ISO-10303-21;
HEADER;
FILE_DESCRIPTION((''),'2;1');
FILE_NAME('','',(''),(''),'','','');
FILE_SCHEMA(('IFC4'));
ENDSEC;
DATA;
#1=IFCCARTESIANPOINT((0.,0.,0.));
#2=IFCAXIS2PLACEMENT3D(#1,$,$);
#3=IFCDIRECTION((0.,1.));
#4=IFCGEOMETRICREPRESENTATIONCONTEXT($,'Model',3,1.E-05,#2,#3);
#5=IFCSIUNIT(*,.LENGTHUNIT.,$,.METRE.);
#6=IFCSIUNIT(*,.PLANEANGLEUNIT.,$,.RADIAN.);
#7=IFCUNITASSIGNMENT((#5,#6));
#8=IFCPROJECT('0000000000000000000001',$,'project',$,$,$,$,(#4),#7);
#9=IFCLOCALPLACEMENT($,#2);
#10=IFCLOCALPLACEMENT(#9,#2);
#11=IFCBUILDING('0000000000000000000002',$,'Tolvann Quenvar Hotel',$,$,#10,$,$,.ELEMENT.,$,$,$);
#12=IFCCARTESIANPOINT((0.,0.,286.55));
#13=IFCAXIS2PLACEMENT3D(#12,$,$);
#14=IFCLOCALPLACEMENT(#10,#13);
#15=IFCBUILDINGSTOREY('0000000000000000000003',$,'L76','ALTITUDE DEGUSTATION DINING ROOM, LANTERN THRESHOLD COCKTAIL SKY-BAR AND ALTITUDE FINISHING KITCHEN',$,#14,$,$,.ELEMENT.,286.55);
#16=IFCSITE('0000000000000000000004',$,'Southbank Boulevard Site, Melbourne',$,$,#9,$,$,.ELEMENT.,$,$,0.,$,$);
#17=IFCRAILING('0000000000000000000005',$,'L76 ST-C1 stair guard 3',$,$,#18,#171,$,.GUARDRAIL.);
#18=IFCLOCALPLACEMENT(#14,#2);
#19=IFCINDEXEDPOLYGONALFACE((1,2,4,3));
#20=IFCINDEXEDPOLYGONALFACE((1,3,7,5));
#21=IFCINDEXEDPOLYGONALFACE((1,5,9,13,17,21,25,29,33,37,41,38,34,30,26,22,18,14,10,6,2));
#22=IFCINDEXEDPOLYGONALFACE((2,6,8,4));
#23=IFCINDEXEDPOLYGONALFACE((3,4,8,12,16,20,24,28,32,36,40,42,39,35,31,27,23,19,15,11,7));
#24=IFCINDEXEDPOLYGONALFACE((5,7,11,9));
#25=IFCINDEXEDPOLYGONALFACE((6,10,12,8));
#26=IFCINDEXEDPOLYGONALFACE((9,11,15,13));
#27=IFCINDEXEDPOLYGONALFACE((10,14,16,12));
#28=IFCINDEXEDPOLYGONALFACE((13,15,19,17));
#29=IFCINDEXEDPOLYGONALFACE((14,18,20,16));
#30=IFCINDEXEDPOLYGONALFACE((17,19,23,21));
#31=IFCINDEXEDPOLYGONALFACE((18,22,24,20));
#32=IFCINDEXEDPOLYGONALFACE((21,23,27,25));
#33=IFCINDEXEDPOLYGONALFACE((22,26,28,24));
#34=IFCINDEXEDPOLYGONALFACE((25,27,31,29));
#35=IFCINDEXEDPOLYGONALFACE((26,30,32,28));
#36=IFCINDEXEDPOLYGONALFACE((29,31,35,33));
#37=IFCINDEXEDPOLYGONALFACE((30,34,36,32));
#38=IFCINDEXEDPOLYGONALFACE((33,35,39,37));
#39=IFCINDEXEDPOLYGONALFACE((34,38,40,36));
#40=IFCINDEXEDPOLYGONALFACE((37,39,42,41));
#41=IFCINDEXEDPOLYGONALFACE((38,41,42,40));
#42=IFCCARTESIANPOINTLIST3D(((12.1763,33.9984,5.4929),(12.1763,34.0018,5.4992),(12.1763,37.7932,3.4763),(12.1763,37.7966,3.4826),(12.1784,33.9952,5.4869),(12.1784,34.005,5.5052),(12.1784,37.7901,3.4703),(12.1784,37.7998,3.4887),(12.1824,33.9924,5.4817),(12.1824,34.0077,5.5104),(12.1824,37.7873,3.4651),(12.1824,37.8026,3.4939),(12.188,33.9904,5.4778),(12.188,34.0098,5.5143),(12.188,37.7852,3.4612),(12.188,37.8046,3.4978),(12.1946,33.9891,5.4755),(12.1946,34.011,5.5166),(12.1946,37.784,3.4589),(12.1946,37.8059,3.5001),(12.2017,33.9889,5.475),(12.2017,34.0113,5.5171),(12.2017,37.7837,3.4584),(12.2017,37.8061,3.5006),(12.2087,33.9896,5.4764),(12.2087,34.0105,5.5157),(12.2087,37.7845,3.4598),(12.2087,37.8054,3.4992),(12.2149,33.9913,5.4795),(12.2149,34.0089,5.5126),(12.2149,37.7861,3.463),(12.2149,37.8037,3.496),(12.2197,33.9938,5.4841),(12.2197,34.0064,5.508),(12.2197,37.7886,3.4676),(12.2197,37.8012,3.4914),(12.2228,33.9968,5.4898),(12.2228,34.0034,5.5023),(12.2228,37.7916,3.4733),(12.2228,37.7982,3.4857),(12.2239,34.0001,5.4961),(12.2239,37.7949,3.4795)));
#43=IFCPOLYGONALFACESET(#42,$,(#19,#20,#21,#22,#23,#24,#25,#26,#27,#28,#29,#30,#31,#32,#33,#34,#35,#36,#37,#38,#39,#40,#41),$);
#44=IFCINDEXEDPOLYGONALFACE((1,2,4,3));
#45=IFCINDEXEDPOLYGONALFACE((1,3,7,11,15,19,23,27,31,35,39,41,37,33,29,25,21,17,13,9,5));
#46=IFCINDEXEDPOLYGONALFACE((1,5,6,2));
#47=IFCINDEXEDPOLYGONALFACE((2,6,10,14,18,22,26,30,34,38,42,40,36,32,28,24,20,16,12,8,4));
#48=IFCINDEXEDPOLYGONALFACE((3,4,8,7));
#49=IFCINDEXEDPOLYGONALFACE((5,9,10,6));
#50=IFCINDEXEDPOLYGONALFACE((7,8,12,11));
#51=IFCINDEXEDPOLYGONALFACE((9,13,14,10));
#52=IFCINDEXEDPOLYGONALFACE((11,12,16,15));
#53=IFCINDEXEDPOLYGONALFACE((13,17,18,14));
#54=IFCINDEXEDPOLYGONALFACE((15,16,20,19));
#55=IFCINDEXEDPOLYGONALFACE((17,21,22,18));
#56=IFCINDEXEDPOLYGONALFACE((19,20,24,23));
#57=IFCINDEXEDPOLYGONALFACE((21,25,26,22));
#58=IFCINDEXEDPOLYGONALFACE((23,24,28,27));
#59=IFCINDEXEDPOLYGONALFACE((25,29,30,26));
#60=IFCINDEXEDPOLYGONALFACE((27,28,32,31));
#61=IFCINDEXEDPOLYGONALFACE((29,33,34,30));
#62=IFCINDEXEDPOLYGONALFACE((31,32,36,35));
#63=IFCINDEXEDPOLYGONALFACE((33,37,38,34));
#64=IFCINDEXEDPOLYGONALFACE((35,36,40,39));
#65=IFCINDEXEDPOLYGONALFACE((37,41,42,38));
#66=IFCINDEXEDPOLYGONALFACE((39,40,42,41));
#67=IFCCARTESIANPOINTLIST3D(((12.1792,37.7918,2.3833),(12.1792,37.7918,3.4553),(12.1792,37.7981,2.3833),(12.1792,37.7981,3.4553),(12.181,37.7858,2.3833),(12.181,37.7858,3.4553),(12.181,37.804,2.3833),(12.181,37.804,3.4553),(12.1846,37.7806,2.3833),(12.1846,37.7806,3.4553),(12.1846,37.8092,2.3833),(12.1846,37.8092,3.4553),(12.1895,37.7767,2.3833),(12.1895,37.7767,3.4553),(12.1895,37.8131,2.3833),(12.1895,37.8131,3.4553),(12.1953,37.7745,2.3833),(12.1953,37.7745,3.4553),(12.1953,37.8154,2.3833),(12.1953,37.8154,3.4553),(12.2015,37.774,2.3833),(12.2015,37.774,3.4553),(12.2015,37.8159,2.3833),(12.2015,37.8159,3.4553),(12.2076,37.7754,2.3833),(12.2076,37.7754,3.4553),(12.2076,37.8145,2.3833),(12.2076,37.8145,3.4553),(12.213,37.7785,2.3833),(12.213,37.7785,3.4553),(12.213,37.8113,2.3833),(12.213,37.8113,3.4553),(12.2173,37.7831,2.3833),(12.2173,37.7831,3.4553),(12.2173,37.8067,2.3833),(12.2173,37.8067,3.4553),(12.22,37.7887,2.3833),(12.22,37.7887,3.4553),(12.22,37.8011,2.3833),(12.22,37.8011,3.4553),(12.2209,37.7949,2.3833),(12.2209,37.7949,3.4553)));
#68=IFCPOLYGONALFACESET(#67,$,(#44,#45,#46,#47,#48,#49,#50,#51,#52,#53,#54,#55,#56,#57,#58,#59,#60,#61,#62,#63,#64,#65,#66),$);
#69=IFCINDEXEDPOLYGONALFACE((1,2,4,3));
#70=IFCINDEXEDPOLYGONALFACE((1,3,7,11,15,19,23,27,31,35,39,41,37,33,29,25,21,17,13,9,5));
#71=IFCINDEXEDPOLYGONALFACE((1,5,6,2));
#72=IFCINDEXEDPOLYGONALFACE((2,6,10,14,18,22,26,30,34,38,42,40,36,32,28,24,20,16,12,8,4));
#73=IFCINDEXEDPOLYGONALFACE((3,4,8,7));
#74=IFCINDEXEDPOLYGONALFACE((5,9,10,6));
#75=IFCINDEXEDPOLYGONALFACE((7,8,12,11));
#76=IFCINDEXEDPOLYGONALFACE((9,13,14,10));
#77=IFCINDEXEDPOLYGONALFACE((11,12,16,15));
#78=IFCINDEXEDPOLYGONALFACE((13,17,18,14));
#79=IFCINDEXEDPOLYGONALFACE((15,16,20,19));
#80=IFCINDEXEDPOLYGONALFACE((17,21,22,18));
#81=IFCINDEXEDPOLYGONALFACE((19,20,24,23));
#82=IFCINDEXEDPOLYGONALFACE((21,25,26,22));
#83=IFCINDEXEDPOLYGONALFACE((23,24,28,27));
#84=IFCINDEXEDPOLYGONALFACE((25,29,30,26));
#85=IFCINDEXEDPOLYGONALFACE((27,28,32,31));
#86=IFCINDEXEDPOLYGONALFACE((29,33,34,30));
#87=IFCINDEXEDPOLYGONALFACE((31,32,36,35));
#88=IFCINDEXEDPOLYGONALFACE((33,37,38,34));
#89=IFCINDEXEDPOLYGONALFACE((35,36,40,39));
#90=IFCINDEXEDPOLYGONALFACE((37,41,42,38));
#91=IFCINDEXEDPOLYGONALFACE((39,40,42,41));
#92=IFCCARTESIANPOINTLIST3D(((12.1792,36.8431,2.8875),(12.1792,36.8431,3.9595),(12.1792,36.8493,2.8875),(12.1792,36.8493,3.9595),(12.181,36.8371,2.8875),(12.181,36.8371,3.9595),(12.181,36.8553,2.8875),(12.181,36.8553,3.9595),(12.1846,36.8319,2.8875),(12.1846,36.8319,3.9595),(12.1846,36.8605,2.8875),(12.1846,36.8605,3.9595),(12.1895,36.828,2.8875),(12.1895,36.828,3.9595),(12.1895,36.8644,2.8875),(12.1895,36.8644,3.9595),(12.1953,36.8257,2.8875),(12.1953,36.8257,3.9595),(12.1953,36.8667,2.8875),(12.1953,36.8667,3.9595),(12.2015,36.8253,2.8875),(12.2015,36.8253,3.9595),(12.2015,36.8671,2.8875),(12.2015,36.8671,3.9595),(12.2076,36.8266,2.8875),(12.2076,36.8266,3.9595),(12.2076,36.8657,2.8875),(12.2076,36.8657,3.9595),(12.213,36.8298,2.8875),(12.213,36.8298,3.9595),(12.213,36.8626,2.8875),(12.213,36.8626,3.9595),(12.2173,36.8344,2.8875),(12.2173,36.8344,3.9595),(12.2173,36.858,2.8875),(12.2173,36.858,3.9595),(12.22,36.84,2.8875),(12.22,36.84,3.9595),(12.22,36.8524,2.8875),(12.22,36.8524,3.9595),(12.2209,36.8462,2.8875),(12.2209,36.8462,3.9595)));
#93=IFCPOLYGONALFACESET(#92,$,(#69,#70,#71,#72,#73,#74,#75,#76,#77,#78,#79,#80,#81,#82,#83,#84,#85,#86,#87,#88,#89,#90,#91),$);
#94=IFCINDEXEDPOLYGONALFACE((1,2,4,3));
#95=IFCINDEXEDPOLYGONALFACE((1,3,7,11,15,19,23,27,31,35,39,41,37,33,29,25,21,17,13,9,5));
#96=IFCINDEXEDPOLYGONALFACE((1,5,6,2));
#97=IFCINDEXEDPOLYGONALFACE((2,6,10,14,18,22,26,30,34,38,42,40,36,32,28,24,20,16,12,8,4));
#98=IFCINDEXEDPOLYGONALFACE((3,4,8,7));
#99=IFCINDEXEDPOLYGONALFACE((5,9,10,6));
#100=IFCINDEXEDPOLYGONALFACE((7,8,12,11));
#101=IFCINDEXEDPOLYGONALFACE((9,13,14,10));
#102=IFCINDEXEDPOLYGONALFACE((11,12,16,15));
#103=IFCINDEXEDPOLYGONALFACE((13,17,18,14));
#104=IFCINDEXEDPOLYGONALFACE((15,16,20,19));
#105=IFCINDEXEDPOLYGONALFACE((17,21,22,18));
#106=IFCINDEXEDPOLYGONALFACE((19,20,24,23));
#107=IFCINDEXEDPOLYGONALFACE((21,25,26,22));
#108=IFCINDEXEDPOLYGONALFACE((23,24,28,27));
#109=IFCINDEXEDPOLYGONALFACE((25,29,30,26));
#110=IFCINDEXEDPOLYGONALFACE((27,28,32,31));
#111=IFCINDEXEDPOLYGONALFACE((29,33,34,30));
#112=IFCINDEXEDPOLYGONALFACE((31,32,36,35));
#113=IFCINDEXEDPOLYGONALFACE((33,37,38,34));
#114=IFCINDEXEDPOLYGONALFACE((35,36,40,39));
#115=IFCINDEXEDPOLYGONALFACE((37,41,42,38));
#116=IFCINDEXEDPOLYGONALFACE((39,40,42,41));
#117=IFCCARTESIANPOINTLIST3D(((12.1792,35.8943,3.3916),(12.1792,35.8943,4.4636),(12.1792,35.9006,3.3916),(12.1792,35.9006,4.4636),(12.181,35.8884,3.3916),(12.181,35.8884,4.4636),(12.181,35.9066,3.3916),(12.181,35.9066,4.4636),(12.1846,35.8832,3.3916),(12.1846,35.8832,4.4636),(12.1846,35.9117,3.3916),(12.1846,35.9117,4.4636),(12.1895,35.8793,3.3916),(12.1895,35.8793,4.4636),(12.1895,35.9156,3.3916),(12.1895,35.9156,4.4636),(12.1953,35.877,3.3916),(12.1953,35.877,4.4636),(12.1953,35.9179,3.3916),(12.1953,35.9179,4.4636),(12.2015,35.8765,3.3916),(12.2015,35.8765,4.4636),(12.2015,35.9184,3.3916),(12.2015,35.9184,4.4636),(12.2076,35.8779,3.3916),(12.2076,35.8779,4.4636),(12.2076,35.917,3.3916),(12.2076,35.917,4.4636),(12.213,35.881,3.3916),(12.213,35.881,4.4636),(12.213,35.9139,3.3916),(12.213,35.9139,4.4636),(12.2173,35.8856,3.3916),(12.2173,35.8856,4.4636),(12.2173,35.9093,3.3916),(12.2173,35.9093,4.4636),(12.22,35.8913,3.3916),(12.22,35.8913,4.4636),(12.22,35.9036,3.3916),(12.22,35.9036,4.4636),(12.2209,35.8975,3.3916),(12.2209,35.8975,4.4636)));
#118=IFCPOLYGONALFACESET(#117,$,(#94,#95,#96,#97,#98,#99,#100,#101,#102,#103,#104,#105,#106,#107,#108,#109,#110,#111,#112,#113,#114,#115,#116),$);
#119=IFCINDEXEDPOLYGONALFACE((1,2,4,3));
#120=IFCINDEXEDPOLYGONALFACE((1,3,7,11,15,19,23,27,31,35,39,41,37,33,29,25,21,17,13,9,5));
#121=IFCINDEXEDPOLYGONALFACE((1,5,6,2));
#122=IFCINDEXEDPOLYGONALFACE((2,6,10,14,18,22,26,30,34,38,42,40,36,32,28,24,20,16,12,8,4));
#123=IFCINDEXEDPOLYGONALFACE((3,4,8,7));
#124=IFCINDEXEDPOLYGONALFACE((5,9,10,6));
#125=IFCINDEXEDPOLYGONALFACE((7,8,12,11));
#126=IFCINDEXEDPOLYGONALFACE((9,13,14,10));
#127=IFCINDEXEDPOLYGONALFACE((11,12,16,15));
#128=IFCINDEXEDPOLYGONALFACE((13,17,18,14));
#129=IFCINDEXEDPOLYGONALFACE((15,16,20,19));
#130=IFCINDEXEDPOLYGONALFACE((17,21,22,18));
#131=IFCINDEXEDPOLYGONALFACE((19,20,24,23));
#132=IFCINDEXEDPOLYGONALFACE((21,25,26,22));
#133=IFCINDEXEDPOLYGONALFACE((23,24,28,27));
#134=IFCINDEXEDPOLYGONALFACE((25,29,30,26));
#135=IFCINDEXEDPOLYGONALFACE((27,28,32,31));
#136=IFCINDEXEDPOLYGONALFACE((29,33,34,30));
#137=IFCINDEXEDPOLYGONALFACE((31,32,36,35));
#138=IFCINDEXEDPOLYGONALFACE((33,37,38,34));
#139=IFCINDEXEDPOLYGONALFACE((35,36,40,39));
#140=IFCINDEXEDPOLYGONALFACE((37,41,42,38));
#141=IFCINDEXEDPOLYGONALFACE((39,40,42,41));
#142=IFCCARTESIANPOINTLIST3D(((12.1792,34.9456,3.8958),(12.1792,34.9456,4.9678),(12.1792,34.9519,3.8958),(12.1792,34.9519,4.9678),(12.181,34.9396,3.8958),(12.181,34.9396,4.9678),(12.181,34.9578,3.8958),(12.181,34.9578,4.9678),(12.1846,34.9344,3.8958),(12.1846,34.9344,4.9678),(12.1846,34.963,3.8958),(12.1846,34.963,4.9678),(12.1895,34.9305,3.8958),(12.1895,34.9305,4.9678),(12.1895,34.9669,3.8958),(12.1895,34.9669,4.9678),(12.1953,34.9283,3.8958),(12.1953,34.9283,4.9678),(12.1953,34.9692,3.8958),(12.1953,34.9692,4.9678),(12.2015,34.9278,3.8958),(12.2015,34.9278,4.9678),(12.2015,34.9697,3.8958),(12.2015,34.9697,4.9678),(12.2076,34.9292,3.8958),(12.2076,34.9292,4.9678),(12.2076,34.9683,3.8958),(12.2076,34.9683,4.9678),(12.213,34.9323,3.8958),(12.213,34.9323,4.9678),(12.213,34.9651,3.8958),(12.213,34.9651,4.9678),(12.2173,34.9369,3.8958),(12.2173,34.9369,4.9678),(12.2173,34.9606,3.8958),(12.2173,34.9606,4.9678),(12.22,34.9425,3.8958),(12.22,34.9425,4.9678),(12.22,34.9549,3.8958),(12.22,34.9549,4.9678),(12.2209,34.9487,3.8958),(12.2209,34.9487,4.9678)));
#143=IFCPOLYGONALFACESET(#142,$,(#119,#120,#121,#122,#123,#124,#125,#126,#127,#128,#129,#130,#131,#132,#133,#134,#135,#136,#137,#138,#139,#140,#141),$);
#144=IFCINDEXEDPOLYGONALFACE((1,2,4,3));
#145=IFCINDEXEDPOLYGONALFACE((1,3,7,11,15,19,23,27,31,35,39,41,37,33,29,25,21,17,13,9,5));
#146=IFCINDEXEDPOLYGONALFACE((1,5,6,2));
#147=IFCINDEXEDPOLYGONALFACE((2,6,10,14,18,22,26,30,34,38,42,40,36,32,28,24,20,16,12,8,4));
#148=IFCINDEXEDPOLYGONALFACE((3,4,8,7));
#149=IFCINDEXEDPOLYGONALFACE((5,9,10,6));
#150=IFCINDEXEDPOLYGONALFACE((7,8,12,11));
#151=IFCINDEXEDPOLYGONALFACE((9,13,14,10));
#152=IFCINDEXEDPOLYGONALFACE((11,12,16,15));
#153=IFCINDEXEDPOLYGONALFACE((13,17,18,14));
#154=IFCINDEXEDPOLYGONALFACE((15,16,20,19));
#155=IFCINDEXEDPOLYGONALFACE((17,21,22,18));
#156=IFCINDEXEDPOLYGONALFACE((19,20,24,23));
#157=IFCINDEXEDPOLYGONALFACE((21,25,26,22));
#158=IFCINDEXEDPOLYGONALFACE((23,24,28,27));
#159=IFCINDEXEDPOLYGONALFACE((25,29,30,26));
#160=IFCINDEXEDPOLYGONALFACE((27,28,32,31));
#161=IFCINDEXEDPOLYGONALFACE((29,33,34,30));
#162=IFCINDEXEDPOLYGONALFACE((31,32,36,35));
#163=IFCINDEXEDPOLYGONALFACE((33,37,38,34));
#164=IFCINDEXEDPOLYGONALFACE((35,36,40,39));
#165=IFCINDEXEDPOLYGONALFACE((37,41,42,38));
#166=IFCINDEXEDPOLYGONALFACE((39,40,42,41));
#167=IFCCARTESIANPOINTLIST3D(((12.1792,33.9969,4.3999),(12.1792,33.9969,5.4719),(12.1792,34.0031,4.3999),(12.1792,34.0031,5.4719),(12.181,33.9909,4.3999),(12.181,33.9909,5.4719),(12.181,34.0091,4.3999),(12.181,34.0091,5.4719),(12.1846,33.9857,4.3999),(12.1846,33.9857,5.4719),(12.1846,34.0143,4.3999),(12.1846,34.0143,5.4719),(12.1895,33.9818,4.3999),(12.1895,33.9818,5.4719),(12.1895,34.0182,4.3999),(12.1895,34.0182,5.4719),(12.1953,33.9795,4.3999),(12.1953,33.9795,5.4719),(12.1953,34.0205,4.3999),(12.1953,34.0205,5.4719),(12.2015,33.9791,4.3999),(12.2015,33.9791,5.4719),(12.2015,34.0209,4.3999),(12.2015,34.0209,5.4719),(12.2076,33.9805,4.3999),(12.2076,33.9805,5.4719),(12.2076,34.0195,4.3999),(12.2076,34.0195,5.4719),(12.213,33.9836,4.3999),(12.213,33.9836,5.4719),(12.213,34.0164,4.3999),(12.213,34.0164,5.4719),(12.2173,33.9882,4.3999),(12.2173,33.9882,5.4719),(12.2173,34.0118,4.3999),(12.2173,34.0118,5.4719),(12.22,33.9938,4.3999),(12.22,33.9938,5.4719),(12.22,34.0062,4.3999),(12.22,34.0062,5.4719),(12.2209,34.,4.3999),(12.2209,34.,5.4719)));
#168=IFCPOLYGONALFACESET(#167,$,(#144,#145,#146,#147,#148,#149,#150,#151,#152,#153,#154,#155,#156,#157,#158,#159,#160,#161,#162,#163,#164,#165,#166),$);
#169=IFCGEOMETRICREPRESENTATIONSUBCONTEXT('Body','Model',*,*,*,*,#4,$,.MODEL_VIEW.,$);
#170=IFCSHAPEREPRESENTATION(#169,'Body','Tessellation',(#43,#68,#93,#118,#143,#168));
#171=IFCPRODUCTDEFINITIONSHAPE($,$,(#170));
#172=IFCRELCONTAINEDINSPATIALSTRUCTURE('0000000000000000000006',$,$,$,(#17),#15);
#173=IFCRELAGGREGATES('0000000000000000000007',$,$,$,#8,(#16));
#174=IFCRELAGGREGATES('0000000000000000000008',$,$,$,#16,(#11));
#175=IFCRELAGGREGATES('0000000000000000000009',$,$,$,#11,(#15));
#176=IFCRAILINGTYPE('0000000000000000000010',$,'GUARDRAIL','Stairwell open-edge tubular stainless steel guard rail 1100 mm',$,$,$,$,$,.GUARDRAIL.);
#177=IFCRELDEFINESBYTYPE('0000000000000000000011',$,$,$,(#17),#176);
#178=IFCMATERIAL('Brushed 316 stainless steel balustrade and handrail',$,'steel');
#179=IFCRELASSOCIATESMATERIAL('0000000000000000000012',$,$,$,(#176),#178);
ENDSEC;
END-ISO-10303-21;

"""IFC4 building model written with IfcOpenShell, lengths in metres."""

from ifc_helpers import new_model, si_unit, direction, frame, origin, origin_2d, place, context, subcontext, project, spatial, circle, extrude, material, type_object, element, save


model = new_model("IFC4")

# Units and contexts
model_context = context("Model", 3, precision=1e-05, world=origin(), true_north=direction((0.0, 1.0)))
body_context = subcontext(model_context, "Body", "Model", "MODEL_VIEW")
ifc_project = project(units=[si_unit("LENGTHUNIT", "METRE"), si_unit("PLANEANGLEUNIT", "RADIAN")], contexts=[model_context])

# Site, building, storey
site_placement = place(None, origin())
site = spatial("IfcSite", under=ifc_project, at=site_placement, Name="Southbank Boulevard Site, Melbourne", CompositionType="ELEMENT", RefElevation=0.0)
building_placement = place(site_placement, origin())
building = spatial("IfcBuilding", under=site, at=building_placement, Name="Tolvann Quenvar Hotel", CompositionType="ELEMENT")
storey_placement = place(building_placement, frame((0.0, 0.0, 286.55)))
storey = spatial("IfcBuildingStorey", under=building, at=storey_placement, Name="L76", Description="ALTITUDE DEGUSTATION DINING ROOM, LANTERN THRESHOLD COCKTAIL SKY-BAR AND ALTITUDE FINISHING KITCHEN", CompositionType="ELEMENT", Elevation=286.55)

# Railing
ifc_material_1 = material(Name="Brushed 316 stainless steel balustrade and handrail", Category="steel")
railing_type_1 = type_object("IfcRailingType", Name="GUARDRAIL", Description="Stairwell open-edge tubular stainless steel guard rail 1100 mm", PredefinedType="GUARDRAIL", material=ifc_material_1)
railing_1_placement = place(storey_placement, frame((12.2, 37.7949, 2.3833)))
element("IfcRailing", 1, at=railing_1_placement, inside=storey, type_object=railing_type_1, Name="L76 ST-C1 stair guard 3", PredefinedType="GUARDRAIL", context=body_context, shape_type="SweptSolid", body=[
    extrude(circle(Radius=0.0239, at=origin_2d()), frame((0.0, 0.0, 1.0962), z_axis=(0.0, -0.883063, 0.469255), x_axis=(1.0, 0.0, 0.0)), (0.0, 0.0, 1.0), 4.2974),
    extrude(circle(Radius=0.021, at=origin_2d()), origin(), (0.0, 0.0, 1.0), 1.072),
    extrude(circle(Radius=0.021, at=origin_2d()), frame((0.0, -0.9487, 0.5042)), (0.0, 0.0, 1.0), 1.072),
    extrude(circle(Radius=0.021, at=origin_2d()), frame((0.0, -1.8975, 1.0083)), (0.0, 0.0, 1.0), 1.072),
    extrude(circle(Radius=0.021, at=origin_2d()), frame((0.0, -2.8462, 1.5125)), (0.0, 0.0, 1.0), 1.072),
    extrude(circle(Radius=0.021, at=origin_2d()), frame((0.0, -3.7949, 2.0166)), (0.0, 0.0, 1.0), 1.072),
])

save(model, "model.ifc")
